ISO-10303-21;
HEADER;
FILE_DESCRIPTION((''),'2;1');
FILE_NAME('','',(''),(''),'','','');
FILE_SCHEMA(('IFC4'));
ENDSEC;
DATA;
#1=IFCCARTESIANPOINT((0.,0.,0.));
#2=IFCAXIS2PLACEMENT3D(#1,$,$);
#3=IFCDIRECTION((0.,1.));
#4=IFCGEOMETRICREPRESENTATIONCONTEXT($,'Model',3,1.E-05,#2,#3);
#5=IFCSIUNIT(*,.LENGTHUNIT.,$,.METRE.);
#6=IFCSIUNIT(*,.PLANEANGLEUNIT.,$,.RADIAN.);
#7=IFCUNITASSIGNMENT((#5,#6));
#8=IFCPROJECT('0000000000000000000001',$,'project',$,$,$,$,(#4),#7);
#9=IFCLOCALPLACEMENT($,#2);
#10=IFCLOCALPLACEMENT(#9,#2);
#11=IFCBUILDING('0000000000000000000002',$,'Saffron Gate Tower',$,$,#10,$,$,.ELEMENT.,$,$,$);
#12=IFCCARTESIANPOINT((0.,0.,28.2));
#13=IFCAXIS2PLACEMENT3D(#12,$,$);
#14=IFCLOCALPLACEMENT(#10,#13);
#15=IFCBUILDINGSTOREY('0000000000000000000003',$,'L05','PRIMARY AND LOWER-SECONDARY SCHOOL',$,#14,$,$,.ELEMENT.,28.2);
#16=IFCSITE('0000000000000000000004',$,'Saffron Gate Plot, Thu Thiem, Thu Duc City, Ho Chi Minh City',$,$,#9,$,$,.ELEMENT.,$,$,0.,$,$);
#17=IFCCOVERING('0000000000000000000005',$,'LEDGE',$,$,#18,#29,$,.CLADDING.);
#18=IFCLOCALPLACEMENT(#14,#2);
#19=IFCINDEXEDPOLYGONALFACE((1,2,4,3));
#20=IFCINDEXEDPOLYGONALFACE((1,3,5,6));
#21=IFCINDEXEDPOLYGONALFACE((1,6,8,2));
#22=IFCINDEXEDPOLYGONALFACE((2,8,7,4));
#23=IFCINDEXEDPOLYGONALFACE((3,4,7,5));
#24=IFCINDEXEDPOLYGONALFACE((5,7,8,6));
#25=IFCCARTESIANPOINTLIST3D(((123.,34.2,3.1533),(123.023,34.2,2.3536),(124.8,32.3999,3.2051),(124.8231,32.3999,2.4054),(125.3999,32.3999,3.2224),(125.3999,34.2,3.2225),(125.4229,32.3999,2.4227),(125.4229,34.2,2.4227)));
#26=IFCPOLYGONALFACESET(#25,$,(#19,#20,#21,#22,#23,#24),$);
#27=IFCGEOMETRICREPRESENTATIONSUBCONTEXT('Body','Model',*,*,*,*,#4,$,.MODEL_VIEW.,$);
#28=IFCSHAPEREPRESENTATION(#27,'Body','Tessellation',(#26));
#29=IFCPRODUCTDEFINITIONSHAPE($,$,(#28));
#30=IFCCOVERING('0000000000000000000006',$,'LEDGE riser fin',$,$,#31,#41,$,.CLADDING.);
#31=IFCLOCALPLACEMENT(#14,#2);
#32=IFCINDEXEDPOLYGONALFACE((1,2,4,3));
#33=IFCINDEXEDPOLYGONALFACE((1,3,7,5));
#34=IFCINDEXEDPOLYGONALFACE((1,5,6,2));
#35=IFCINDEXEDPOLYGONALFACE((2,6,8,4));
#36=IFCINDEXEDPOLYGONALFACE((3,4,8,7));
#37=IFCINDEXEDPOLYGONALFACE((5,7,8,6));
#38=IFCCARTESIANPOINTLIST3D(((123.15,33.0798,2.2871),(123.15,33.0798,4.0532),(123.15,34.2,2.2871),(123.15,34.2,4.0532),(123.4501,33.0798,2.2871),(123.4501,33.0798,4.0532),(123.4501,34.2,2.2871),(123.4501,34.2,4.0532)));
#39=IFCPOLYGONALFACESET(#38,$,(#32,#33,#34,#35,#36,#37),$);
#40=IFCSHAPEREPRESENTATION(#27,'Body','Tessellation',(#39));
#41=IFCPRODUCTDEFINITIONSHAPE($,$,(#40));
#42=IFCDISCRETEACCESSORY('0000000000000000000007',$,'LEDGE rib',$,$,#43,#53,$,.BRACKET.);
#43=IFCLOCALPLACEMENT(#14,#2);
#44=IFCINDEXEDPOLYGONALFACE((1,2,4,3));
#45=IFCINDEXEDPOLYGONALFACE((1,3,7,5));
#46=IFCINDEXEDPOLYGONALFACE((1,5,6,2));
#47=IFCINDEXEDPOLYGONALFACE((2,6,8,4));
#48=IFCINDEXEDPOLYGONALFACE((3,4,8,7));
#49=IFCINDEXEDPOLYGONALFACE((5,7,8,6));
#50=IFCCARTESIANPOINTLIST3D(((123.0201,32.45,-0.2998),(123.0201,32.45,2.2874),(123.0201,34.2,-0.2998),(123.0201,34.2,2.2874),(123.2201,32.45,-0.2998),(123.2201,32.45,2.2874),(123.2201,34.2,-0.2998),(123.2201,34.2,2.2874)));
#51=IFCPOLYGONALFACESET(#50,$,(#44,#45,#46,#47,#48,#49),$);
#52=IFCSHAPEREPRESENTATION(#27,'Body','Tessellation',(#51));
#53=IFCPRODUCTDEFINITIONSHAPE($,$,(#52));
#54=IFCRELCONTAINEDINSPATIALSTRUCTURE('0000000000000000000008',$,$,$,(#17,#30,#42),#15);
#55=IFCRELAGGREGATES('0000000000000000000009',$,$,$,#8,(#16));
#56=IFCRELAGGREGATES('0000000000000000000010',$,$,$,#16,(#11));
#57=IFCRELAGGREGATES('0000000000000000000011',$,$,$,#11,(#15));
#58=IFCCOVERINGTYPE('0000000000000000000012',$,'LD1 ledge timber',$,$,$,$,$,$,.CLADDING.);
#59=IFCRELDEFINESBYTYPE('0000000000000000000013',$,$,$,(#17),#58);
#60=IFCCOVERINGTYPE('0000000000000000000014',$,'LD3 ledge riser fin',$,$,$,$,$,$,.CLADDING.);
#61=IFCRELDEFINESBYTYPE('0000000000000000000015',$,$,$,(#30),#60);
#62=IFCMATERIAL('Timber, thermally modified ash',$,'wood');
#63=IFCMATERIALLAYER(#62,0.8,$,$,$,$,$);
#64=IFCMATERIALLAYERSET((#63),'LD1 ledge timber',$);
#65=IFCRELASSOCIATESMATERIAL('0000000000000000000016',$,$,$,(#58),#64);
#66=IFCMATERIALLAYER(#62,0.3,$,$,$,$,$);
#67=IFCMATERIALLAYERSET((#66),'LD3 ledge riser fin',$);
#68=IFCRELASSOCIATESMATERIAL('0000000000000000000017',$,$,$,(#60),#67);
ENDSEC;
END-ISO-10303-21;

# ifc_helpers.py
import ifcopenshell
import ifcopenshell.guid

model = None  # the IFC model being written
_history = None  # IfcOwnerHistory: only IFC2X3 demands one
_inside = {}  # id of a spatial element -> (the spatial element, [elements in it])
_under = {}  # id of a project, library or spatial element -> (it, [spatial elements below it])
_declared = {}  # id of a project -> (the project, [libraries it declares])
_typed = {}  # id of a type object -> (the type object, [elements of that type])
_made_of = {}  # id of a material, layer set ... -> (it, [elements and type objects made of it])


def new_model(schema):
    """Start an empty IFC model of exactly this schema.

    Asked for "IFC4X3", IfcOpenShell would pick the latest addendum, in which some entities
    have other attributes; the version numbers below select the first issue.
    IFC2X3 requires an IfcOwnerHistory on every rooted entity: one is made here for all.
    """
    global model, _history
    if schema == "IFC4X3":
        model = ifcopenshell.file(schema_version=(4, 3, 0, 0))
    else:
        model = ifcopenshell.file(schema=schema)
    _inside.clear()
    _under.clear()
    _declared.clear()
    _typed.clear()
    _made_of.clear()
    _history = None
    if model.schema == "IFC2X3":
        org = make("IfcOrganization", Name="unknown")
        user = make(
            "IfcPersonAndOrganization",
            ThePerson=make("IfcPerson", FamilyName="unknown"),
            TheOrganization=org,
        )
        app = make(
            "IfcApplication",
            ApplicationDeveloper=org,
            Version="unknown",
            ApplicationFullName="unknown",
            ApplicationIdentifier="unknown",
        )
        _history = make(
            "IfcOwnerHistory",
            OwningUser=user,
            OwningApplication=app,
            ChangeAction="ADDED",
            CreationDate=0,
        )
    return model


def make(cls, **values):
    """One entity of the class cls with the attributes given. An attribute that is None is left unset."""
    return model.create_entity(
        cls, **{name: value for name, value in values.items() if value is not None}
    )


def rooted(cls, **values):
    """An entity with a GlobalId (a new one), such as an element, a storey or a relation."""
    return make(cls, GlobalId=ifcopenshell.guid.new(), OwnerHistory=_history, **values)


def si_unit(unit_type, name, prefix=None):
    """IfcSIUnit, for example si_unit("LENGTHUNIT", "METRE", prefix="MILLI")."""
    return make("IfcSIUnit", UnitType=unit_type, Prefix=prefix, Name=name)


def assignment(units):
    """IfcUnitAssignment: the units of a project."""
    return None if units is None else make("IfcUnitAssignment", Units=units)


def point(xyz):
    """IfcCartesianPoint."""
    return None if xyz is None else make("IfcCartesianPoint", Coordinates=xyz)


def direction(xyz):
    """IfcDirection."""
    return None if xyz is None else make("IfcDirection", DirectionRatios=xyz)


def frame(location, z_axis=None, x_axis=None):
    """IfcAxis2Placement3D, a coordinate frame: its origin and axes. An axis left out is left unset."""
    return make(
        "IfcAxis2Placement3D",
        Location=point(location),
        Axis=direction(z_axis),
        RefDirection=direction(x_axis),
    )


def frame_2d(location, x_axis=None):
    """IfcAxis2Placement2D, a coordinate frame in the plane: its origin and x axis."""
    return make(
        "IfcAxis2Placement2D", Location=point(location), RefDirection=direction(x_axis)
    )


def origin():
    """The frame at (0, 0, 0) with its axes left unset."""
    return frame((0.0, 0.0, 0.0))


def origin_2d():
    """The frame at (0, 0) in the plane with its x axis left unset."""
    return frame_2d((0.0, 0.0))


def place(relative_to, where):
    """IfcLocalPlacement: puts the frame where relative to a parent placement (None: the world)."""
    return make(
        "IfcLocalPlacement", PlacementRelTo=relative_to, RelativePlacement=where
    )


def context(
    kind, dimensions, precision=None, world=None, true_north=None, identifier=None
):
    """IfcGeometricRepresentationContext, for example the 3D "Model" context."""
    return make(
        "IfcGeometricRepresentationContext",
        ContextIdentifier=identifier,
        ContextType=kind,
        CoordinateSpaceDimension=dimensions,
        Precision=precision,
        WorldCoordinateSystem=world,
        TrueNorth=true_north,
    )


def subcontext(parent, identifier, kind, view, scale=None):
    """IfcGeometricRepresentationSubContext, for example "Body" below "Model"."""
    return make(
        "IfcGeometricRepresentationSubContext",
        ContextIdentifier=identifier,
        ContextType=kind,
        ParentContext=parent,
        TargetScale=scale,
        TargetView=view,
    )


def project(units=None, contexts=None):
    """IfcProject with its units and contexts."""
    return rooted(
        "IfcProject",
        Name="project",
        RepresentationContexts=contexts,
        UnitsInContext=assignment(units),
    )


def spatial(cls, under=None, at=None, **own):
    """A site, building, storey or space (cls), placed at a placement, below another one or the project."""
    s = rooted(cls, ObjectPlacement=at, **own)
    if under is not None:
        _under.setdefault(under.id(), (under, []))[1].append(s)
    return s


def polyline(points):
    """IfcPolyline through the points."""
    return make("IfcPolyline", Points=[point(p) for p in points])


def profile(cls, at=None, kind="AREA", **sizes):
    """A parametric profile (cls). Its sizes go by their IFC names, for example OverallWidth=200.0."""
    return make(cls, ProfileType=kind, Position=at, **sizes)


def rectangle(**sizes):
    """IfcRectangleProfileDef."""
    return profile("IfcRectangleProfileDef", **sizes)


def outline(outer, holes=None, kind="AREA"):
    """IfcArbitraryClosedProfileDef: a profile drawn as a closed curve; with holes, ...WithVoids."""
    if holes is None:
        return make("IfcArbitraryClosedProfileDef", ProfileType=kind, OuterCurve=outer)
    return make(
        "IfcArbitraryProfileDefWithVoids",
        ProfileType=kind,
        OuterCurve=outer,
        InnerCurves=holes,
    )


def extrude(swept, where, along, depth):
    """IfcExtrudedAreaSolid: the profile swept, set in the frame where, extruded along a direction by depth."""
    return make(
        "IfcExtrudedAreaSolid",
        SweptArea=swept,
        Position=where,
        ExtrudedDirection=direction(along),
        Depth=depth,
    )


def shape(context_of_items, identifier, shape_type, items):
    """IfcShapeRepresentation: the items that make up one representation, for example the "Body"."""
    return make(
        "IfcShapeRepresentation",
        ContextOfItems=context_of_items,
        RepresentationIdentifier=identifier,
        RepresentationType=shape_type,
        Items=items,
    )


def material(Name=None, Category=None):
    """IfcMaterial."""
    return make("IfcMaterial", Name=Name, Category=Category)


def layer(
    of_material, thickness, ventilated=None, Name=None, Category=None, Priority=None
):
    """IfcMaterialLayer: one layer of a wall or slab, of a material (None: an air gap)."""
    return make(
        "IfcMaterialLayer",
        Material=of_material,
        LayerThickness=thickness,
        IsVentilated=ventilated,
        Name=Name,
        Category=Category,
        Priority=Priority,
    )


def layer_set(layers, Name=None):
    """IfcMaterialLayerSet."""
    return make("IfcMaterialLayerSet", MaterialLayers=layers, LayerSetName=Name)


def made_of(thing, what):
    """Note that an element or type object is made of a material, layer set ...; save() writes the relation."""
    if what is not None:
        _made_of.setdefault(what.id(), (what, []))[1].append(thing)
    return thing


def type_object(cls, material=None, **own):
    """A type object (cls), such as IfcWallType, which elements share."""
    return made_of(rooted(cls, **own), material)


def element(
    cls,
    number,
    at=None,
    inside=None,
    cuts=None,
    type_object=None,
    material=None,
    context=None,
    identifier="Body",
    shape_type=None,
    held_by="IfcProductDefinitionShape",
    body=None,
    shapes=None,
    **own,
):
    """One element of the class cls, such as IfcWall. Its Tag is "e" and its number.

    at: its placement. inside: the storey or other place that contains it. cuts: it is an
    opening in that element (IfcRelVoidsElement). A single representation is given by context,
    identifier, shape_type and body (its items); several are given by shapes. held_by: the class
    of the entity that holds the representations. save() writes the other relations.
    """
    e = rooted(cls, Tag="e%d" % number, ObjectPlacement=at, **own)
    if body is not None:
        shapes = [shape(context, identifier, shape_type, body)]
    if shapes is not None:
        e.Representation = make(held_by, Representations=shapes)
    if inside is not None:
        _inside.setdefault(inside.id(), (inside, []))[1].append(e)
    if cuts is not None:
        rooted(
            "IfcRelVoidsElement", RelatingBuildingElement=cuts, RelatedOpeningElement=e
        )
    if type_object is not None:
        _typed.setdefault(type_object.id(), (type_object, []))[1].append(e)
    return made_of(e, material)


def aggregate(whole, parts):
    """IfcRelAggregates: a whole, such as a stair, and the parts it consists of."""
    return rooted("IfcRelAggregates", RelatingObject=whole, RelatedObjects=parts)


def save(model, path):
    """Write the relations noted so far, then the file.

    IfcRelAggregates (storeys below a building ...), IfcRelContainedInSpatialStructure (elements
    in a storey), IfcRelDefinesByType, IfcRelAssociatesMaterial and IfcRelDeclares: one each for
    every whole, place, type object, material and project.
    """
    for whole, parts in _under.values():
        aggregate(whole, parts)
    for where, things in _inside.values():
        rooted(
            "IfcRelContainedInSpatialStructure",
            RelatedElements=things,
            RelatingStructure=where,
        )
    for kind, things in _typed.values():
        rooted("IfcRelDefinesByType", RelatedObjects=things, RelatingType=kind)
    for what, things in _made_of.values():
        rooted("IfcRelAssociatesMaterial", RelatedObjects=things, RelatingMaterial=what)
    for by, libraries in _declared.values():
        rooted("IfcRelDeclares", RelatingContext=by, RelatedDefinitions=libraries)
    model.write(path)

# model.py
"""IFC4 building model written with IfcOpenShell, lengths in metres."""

from ifc_helpers import new_model, si_unit, direction, frame, origin, origin_2d, place, context, subcontext, project, spatial, polyline, rectangle, outline, extrude, material, layer, layer_set, type_object, element, save


model = new_model("IFC4")

# Units and contexts
model_context = context("Model", 3, precision=1e-05, world=origin(), true_north=direction((0.0, 1.0)))
body_context = subcontext(model_context, "Body", "Model", "MODEL_VIEW")
ifc_project = project(units=[si_unit("LENGTHUNIT", "METRE"), si_unit("PLANEANGLEUNIT", "RADIAN")], contexts=[model_context])

# Site, building, storey
site_placement = place(None, origin())
site = spatial("IfcSite", under=ifc_project, at=site_placement, Name="Saffron Gate Plot, Thu Thiem, Thu Duc City, Ho Chi Minh City", CompositionType="ELEMENT", RefElevation=0.0)
building_placement = place(site_placement, origin())
building = spatial("IfcBuilding", under=site, at=building_placement, Name="Saffron Gate Tower", CompositionType="ELEMENT")
storey_placement = place(building_placement, frame((0.0, 0.0, 28.2)))
storey = spatial("IfcBuildingStorey", under=building, at=storey_placement, Name="L05", Description="PRIMARY AND LOWER-SECONDARY SCHOOL", CompositionType="ELEMENT", Elevation=28.2)

# Coverings
ifc_material_1 = material(Name="Timber, thermally modified ash", Category="wood")
ifc_layer_1 = layer(ifc_material_1, 0.8)
ifc_layer_set_1 = layer_set([ifc_layer_1], Name="LD1 ledge timber")
covering_type_1 = type_object("IfcCoveringType", Name="LD1 ledge timber", PredefinedType="CLADDING", material=ifc_layer_set_1)
covering_1_placement = place(storey_placement, frame((123.0, 34.2, 3.1533), z_axis=(-0.028799, -0.000029, 0.999585), x_axis=(0.999585, 0.0, 0.028799)))
element("IfcCovering", 1, at=covering_1_placement, inside=storey, type_object=covering_type_1, Name="LEDGE", PredefinedType="CLADDING", context=body_context, shape_type="SweptSolid", body=[
    extrude(outline(polyline([(0.0, 0.0), (2.4009, 0.0), (2.4009, -1.8), (1.8008, -1.8), (0.0, 0.0)])), origin(), (0.0, 0.0, -1.0), 0.8),
])
ifc_layer_2 = layer(ifc_material_1, 0.3)
ifc_layer_set_2 = layer_set([ifc_layer_2], Name="LD3 ledge riser fin")
covering_type_2 = type_object("IfcCoveringType", Name="LD3 ledge riser fin", PredefinedType="CLADDING", material=ifc_layer_set_2)
covering_2_placement = place(storey_placement, frame((123.3, 33.6399, 2.2871), z_axis=(0.0, 0.0, 1.0), x_axis=(1.0, 0.0, 0.0)))
element("IfcCovering", 2, at=covering_2_placement, inside=storey, type_object=covering_type_2, Name="LEDGE riser fin", PredefinedType="CLADDING", context=body_context, shape_type="SweptSolid", body=[
    extrude(rectangle(XDim=0.3, YDim=1.1201, at=origin_2d()), origin(), (0.0, 0.0, 1.0), 1.7661),
])

# Discrete accessory
discrete_accessory_placement = place(storey_placement, frame((123.1201, 33.325, -0.2998), z_axis=(0.0, 0.0, 1.0), x_axis=(1.0, 0.0, 0.0)))
element("IfcDiscreteAccessory", 3, at=discrete_accessory_placement, inside=storey, Name="LEDGE rib", PredefinedType="BRACKET", context=body_context, shape_type="SweptSolid", body=[
    extrude(rectangle(XDim=0.2, YDim=1.75, at=origin_2d()), origin(), (0.0, 0.0, 1.0), 2.5872),
])

save(model, "model.ifc")
